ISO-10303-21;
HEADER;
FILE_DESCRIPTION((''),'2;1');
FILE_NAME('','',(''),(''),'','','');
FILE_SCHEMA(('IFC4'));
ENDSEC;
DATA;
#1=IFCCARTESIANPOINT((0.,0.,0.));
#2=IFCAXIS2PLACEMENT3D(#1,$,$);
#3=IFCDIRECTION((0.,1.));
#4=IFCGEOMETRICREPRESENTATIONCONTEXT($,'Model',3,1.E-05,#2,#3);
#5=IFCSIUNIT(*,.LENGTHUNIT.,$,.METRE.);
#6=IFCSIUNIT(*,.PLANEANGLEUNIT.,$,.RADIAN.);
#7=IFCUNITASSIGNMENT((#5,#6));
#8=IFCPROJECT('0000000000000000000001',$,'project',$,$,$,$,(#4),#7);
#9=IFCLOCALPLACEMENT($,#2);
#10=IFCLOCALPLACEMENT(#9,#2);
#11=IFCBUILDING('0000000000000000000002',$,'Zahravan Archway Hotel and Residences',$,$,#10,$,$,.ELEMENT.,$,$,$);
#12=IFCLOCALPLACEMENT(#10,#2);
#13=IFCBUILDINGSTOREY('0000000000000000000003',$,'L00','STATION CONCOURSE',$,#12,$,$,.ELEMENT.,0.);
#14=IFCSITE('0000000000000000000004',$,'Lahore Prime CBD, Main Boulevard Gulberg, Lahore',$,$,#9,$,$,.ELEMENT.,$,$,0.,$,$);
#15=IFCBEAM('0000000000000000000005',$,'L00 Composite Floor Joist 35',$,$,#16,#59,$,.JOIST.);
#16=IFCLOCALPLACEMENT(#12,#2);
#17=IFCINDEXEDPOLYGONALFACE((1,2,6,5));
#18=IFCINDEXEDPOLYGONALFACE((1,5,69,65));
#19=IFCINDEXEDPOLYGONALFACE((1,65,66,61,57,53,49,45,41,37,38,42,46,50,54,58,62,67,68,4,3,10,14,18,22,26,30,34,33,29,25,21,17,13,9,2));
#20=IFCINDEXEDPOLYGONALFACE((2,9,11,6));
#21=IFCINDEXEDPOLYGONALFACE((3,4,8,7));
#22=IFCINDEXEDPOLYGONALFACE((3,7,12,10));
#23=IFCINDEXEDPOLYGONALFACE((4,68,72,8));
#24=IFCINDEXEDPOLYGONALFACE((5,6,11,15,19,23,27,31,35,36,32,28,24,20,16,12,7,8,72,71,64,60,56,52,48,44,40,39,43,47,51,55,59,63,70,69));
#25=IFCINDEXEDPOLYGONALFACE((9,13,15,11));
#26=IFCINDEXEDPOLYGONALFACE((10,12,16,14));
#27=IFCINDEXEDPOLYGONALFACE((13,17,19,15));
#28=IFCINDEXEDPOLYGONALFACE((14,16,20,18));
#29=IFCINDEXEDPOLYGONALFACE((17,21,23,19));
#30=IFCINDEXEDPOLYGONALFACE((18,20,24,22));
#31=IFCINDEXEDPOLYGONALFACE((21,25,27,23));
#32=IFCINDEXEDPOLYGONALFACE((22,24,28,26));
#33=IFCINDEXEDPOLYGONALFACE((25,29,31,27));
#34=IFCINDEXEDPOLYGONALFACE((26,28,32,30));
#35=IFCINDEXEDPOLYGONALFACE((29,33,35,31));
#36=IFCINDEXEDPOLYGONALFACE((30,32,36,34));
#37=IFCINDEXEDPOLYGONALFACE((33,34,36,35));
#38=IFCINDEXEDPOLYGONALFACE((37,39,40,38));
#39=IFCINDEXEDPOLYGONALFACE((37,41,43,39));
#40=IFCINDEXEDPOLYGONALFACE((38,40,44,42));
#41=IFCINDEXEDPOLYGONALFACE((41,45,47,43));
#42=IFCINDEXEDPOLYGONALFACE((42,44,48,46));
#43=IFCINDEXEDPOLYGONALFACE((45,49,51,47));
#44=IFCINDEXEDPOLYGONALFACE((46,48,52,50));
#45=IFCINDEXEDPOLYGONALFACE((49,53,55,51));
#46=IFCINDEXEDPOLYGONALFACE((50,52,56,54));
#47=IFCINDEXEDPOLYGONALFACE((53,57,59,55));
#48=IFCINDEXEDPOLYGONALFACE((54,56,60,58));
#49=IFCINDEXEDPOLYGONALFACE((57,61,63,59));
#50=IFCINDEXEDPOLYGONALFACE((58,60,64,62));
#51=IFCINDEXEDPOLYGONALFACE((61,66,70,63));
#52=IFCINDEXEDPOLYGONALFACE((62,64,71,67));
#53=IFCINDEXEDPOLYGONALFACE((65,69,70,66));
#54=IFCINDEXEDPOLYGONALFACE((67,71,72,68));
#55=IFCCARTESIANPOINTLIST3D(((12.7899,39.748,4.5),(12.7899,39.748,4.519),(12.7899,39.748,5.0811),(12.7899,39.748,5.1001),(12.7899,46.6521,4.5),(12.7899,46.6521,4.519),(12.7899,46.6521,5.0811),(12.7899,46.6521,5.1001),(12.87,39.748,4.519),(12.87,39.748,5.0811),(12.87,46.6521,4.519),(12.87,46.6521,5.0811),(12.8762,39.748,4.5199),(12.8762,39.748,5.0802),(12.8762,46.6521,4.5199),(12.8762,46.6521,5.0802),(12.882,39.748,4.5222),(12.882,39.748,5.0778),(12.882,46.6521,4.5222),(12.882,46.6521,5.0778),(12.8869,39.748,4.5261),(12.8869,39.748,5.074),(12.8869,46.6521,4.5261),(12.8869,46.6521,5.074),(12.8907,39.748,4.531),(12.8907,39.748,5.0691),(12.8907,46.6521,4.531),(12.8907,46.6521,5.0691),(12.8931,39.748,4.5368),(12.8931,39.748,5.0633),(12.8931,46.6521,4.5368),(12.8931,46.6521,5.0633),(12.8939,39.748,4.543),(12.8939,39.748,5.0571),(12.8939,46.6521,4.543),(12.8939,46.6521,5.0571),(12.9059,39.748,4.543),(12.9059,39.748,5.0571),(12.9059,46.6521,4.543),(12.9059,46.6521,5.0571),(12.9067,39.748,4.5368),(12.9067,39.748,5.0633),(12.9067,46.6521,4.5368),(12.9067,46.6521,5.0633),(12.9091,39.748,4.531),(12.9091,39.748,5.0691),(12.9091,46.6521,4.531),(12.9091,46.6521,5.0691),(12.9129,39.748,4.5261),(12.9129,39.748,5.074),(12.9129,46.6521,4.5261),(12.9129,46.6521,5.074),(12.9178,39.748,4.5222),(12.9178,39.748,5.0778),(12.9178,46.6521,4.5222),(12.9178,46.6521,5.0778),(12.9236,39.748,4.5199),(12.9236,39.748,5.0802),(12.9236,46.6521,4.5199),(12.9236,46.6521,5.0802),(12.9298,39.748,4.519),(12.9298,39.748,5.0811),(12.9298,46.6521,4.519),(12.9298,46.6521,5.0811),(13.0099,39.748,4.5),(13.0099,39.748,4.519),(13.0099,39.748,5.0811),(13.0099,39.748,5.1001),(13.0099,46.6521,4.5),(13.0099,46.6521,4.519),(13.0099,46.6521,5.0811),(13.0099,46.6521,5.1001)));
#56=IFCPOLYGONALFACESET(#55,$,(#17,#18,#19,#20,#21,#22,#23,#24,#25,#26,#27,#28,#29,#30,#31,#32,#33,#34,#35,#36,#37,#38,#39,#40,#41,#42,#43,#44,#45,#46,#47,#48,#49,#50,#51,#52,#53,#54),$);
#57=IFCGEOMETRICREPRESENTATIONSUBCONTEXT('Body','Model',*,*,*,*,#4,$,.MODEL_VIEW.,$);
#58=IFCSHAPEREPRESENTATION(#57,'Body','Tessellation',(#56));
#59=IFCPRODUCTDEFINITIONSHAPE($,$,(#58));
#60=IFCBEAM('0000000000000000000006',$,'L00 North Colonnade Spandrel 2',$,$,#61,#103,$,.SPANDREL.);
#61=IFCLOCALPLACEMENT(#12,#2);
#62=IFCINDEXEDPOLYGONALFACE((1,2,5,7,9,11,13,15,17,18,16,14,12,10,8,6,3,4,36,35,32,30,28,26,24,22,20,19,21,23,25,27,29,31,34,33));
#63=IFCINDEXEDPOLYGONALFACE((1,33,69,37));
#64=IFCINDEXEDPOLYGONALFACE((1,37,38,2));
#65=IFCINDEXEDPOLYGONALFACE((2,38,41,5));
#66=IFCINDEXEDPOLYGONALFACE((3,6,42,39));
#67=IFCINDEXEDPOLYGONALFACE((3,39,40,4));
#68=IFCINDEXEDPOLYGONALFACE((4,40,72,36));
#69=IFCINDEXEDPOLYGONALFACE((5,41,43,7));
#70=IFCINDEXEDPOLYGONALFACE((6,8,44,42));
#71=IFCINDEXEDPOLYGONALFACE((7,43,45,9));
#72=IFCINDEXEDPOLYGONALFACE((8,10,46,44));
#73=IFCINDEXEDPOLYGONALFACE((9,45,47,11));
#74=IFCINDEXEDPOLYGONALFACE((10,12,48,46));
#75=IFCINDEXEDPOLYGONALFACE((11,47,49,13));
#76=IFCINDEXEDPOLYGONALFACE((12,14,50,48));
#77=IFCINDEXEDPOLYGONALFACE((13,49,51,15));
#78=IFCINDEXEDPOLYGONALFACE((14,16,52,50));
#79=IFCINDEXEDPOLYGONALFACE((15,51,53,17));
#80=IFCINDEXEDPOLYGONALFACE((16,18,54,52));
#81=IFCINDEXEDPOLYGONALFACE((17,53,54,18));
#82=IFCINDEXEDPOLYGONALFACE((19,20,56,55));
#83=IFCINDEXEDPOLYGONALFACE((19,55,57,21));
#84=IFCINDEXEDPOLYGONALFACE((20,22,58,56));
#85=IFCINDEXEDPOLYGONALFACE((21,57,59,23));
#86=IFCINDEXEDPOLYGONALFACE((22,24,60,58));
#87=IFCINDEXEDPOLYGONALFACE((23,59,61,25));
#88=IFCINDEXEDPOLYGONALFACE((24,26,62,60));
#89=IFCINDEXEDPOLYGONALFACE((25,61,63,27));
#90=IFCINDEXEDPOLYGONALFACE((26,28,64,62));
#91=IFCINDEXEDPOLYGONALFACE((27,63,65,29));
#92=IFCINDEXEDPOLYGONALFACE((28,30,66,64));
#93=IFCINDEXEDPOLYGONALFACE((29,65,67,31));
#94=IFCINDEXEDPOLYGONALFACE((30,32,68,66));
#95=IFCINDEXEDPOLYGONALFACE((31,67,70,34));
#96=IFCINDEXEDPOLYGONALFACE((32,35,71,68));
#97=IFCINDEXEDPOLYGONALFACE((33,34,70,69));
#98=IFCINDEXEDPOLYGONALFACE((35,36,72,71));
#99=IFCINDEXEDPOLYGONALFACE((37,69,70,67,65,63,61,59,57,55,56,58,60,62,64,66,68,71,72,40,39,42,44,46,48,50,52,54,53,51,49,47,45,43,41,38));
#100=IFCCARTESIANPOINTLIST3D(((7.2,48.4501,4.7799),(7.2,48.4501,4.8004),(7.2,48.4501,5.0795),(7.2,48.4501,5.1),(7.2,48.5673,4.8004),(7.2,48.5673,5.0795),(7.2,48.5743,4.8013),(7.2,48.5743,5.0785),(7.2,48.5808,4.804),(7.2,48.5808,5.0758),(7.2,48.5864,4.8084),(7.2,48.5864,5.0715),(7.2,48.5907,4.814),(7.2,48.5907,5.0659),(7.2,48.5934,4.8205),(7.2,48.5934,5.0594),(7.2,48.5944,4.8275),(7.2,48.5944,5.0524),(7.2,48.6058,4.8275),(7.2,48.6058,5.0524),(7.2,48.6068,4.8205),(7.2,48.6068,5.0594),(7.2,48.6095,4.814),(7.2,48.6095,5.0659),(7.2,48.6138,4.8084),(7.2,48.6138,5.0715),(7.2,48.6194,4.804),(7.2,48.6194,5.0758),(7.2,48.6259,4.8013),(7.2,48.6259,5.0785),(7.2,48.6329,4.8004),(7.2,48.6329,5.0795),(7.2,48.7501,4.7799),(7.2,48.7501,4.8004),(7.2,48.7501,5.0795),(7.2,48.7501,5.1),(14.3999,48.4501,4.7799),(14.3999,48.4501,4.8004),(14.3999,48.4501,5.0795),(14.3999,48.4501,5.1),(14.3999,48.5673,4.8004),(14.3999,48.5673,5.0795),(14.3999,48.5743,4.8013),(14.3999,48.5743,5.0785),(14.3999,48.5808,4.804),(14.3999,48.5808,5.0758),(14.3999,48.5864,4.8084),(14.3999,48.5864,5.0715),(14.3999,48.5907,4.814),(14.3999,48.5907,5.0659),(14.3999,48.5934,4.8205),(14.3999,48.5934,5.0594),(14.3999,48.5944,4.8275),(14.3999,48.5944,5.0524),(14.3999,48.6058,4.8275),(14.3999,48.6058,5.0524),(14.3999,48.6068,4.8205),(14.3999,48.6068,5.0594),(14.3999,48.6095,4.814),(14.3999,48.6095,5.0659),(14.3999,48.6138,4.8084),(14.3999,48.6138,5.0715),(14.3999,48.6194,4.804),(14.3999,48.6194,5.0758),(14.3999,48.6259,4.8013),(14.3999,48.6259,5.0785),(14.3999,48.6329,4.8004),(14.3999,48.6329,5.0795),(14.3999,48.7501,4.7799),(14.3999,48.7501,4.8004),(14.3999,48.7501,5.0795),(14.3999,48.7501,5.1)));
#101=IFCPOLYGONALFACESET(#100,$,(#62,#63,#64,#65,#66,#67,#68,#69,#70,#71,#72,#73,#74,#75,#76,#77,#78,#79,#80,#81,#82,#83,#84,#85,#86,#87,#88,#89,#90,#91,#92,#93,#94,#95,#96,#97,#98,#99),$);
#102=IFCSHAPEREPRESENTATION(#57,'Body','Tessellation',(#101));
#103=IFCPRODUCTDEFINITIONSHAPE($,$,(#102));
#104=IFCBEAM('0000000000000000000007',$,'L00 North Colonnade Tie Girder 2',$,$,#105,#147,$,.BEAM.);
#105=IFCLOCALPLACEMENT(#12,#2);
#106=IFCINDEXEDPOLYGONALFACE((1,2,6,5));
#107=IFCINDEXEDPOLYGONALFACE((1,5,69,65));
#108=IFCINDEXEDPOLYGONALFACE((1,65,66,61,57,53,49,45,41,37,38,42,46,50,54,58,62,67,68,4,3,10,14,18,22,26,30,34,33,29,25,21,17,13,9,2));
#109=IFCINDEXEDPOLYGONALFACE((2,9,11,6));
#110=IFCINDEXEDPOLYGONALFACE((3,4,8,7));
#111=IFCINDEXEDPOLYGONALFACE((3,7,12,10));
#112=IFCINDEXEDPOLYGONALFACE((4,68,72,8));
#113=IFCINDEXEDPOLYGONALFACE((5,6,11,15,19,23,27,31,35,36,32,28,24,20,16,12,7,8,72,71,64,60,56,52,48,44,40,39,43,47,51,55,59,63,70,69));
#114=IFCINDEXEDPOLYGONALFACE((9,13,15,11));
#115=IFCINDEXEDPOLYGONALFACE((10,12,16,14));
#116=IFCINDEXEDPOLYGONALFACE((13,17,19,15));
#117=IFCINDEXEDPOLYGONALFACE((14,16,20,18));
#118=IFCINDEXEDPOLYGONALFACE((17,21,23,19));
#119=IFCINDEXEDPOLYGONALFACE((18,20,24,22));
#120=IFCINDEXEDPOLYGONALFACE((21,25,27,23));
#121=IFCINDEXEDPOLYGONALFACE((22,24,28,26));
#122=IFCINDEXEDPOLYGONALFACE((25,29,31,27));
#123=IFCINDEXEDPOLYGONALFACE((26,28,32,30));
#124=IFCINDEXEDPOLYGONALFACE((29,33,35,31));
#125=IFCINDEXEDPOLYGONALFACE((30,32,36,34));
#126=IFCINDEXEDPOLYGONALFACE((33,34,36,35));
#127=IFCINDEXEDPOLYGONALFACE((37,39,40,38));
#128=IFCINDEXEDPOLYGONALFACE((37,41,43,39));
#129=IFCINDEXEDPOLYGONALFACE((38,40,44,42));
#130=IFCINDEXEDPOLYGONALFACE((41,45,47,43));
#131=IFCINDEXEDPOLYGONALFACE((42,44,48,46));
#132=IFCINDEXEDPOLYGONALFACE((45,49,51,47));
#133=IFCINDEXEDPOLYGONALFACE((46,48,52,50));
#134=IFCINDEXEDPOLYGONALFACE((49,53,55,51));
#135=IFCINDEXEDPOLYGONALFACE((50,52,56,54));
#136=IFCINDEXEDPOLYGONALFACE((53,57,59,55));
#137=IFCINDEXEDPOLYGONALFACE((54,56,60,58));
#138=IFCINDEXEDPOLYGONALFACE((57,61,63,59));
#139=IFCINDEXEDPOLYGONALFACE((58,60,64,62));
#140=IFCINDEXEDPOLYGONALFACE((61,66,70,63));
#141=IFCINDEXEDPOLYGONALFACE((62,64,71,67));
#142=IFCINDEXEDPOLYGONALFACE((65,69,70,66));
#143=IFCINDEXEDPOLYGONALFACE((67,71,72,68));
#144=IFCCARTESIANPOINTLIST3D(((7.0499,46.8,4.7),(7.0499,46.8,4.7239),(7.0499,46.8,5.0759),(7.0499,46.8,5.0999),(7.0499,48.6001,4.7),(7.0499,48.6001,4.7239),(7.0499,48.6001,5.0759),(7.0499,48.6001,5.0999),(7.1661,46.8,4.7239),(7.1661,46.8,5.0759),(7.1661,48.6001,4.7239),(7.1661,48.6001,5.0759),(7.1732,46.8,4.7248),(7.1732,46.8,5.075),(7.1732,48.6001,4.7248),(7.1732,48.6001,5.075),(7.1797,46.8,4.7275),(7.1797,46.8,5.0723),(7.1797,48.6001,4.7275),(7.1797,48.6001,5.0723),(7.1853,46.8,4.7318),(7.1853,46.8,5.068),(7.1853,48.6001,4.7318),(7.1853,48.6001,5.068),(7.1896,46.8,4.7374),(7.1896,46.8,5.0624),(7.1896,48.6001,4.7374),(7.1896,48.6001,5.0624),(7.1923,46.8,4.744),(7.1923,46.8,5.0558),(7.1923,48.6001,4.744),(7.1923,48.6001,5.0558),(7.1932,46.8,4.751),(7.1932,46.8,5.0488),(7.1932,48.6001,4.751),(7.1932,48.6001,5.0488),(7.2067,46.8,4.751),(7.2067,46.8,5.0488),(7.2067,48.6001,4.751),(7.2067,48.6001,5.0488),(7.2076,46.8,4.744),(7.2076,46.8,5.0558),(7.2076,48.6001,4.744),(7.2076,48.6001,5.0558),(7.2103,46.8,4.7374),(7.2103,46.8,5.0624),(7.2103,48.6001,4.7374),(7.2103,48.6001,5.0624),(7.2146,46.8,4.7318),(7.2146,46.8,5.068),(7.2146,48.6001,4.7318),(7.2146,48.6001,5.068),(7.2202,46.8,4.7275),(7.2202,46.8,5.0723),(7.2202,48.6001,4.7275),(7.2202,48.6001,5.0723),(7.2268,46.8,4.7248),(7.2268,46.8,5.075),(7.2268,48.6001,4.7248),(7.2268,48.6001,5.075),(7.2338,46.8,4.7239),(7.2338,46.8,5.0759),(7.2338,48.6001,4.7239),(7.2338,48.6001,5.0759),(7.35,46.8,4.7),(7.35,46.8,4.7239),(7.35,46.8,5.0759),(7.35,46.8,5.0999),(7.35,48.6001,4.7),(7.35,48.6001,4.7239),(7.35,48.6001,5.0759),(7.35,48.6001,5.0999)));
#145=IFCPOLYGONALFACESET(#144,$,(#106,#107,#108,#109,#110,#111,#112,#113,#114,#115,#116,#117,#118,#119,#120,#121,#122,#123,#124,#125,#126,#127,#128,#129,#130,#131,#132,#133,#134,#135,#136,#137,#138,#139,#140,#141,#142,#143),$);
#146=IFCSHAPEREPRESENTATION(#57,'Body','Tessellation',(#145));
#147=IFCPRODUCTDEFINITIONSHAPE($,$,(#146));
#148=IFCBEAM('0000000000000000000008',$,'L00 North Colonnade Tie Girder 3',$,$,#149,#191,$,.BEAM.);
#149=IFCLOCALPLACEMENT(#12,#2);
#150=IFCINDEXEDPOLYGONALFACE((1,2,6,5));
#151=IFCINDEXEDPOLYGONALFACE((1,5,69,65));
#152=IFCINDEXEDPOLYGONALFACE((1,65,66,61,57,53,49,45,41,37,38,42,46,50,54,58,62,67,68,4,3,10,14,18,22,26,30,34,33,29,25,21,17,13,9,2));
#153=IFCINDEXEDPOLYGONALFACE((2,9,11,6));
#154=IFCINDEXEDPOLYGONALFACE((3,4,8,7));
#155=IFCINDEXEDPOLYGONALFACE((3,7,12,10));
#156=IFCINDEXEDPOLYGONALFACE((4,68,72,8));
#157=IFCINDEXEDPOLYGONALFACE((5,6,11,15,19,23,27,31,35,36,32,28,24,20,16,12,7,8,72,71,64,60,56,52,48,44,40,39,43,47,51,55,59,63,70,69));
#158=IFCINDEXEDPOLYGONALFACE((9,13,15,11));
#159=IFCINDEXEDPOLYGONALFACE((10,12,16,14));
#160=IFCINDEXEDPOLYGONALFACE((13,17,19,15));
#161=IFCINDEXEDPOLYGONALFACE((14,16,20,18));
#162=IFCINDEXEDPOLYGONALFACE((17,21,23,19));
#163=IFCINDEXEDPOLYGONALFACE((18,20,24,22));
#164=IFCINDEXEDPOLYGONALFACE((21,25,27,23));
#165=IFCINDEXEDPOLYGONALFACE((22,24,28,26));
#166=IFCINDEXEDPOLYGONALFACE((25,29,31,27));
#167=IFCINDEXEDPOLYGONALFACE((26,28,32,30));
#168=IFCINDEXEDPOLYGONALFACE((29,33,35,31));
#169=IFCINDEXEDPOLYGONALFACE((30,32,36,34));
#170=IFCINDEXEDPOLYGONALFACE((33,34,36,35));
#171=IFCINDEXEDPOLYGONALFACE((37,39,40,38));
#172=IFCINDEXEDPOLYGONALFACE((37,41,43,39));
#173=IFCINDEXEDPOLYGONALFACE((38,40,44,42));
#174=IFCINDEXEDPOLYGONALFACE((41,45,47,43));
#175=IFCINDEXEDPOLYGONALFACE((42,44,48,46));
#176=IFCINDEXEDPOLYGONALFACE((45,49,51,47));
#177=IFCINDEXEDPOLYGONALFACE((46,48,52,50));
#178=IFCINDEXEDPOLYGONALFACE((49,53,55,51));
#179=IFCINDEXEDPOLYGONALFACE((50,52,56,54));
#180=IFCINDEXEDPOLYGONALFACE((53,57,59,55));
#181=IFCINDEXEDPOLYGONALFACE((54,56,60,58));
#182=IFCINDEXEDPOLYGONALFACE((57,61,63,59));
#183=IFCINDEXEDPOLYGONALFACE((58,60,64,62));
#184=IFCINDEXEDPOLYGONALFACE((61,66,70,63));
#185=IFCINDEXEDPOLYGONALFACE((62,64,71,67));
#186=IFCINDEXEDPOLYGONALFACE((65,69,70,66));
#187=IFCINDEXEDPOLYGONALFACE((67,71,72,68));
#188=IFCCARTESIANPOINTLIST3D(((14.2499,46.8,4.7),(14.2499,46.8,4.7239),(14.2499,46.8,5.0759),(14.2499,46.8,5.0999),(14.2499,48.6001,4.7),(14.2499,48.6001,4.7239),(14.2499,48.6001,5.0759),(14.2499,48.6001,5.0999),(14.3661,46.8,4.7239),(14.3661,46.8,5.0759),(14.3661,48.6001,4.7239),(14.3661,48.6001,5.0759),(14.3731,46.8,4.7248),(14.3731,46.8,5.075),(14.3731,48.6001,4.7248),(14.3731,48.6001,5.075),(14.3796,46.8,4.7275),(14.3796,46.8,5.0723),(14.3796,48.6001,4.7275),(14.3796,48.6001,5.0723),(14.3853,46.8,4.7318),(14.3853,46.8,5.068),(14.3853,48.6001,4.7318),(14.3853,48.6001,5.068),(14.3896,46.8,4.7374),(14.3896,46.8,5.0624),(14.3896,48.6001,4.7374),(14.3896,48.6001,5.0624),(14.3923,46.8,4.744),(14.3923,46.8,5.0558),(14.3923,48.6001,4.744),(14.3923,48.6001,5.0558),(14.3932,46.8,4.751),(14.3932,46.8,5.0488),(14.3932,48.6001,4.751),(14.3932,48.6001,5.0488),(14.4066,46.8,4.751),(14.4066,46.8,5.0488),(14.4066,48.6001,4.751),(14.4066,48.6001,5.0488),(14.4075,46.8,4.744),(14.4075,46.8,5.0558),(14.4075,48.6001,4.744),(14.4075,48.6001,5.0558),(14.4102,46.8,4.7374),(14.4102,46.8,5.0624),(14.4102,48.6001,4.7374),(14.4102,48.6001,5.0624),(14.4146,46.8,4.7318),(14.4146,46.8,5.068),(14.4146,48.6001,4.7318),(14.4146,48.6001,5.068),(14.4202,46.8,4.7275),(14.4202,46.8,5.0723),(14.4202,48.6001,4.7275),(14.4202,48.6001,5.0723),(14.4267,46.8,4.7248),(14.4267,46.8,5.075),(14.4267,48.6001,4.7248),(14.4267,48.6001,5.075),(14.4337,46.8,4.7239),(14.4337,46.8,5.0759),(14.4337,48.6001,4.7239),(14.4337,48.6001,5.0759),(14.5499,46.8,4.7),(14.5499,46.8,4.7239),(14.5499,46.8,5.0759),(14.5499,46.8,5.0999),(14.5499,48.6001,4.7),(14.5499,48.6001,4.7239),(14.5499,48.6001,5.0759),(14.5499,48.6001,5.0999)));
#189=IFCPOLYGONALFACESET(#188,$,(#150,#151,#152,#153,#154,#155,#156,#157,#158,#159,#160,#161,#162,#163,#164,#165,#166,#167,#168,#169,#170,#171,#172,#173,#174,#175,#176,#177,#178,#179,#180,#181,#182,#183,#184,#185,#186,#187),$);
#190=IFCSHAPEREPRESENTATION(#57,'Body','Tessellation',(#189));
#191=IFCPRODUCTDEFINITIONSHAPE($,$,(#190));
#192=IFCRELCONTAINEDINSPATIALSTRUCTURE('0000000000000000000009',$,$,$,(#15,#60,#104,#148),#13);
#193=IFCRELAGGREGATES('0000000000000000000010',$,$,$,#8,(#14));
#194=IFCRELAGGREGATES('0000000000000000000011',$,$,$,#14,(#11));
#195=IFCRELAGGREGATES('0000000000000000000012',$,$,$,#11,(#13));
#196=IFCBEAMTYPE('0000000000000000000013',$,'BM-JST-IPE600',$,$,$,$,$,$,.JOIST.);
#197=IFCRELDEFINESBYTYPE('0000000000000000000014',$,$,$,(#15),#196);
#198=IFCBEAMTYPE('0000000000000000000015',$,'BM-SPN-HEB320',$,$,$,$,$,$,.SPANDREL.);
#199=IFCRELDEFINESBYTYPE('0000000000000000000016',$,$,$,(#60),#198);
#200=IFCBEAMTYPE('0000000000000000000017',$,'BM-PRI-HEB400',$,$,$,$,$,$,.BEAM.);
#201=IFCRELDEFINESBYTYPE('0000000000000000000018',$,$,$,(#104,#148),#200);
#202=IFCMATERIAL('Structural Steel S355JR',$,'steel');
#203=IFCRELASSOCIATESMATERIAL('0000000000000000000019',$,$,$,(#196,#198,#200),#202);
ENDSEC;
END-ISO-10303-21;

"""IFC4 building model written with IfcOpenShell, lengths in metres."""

from ifc_helpers import new_model, si_unit, direction, frame, origin, origin_2d, place, context, subcontext, project, spatial, i_section, extrude, source, transform, mapped, material, material_profile, profile_set, type_object, type_shapes, element, save


model = new_model("IFC4")

# Units and contexts
model_context = context("Model", 3, precision=1e-05, world=origin(), true_north=direction((0.0, 1.0)))
body_context = subcontext(model_context, "Body", "Model", "MODEL_VIEW")
ifc_project = project(units=[si_unit("LENGTHUNIT", "METRE"), si_unit("PLANEANGLEUNIT", "RADIAN")], contexts=[model_context])

# Site, building, storey
site_placement = place(None, origin())
site = spatial("IfcSite", under=ifc_project, at=site_placement, Name="Lahore Prime CBD, Main Boulevard Gulberg, Lahore", CompositionType="ELEMENT", RefElevation=0.0)
building_placement = place(site_placement, origin())
building = spatial("IfcBuilding", under=site, at=building_placement, Name="Zahravan Archway Hotel and Residences", CompositionType="ELEMENT")
storey_placement = place(building_placement, origin())
storey = spatial("IfcBuildingStorey", under=building, at=storey_placement, Name="L00", Description="STATION CONCOURSE", CompositionType="ELEMENT", Elevation=0.0)

# Beams
ifc_material_1 = material(Name="Structural Steel S355JR", Category="steel")
ifc_material_profile_1 = material_profile(ifc_material_1, i_section(OverallWidth=0.22, OverallDepth=0.6001, WebThickness=0.012, FlangeThickness=0.019, FilletRadius=0.0239, at=origin_2d()), Name="IPE 600", Category="steel")
ifc_profile_set_1 = profile_set([ifc_material_profile_1], Name="Structural Steel S355JR")
beam_type_1 = type_object("IfcBeamType", Name="BM-JST-IPE600", PredefinedType="JOIST", material=ifc_profile_set_1)
shared_shape_1 = source(origin(), body_context, "Body", "SweptSolid", [
    extrude(i_section(OverallWidth=0.22, OverallDepth=0.6001, WebThickness=0.012, FlangeThickness=0.019, FilletRadius=0.0239, at=origin_2d()), origin(), (0.0, 0.0, 1.0), 6.9041),
])
type_shapes(beam_type_1, [shared_shape_1])
beam_1_placement = place(storey_placement, frame((12.8999, 39.748, 4.8), z_axis=(0.0, 1.0, 0.0), x_axis=(-1.0, 0.0, 0.0)))
element("IfcBeam", 1, at=beam_1_placement, inside=storey, type_object=beam_type_1, Name="L00 Composite Floor Joist 35", PredefinedType="JOIST", context=body_context, shape_type="MappedRepresentation", body=[
    mapped(shared_shape_1, transform((0.0, 0.0, 0.0), scale=1.0)),
])
ifc_material_profile_2 = material_profile(ifc_material_1, i_section(OverallWidth=0.3, OverallDepth=0.3201, WebThickness=0.0115, FlangeThickness=0.0205, FilletRadius=0.0271, at=origin_2d()), Name="HEB 320", Category="steel")
ifc_profile_set_2 = profile_set([ifc_material_profile_2], Name="Structural Steel S355JR")
beam_type_2 = type_object("IfcBeamType", Name="BM-SPN-HEB320", PredefinedType="SPANDREL", material=ifc_profile_set_2)
shared_shape_2 = source(origin(), body_context, "Body", "SweptSolid", [
    extrude(i_section(OverallWidth=0.3, OverallDepth=0.3201, WebThickness=0.0115, FlangeThickness=0.0205, FilletRadius=0.0271, at=origin_2d()), origin(), (0.0, 0.0, 1.0), 7.2),
])
type_shapes(beam_type_2, [shared_shape_2])
beam_2_placement = place(storey_placement, frame((7.2, 48.6001, 4.9399), z_axis=(1.0, 0.0, 0.0), x_axis=(0.0, 1.0, 0.0)))
element("IfcBeam", 2, at=beam_2_placement, inside=storey, type_object=beam_type_2, Name="L00 North Colonnade Spandrel 2", PredefinedType="SPANDREL", context=body_context, shape_type="MappedRepresentation", body=[
    mapped(shared_shape_2, transform((0.0, 0.0, 0.0), scale=1.0)),
])
ifc_material_profile_3 = material_profile(ifc_material_1, i_section(OverallWidth=0.3, OverallDepth=0.3999, WebThickness=0.0134, FlangeThickness=0.0239, FilletRadius=0.0271, at=origin_2d()), Name="HEB 400", Category="steel")
ifc_profile_set_3 = profile_set([ifc_material_profile_3], Name="Structural Steel S355JR")
beam_type_3 = type_object("IfcBeamType", Name="BM-PRI-HEB400", PredefinedType="BEAM", material=ifc_profile_set_3)
shared_shape_3 = source(origin(), body_context, "Body", "SweptSolid", [
    extrude(i_section(OverallWidth=0.3, OverallDepth=0.3999, WebThickness=0.0134, FlangeThickness=0.0239, FilletRadius=0.0271, at=origin_2d()), origin(), (0.0, 0.0, 1.0), 1.8),
])
for number, where, z_axis, x_axis, name in (
    (3, (7.2, 46.8, 4.8999), (0.0, 1.0, 0.0), (-1.0, 0.0, 0.0), "L00 North Colonnade Tie Girder 2"),
    (4, (14.3999, 46.8, 4.8999), (0.0, 1.0, 0.0), (-1.0, 0.0, 0.0), "L00 North Colonnade Tie Girder 3"),
):
    element("IfcBeam", number, at=place(storey_placement, frame(where, z_axis=z_axis, x_axis=x_axis)), inside=storey, type_object=beam_type_3, Name=name, PredefinedType="BEAM", context=body_context, shape_type="MappedRepresentation", body=[
        mapped(shared_shape_3, transform((0.0, 0.0, 0.0), scale=1.0)),
    ])

save(model, "model.ifc")
